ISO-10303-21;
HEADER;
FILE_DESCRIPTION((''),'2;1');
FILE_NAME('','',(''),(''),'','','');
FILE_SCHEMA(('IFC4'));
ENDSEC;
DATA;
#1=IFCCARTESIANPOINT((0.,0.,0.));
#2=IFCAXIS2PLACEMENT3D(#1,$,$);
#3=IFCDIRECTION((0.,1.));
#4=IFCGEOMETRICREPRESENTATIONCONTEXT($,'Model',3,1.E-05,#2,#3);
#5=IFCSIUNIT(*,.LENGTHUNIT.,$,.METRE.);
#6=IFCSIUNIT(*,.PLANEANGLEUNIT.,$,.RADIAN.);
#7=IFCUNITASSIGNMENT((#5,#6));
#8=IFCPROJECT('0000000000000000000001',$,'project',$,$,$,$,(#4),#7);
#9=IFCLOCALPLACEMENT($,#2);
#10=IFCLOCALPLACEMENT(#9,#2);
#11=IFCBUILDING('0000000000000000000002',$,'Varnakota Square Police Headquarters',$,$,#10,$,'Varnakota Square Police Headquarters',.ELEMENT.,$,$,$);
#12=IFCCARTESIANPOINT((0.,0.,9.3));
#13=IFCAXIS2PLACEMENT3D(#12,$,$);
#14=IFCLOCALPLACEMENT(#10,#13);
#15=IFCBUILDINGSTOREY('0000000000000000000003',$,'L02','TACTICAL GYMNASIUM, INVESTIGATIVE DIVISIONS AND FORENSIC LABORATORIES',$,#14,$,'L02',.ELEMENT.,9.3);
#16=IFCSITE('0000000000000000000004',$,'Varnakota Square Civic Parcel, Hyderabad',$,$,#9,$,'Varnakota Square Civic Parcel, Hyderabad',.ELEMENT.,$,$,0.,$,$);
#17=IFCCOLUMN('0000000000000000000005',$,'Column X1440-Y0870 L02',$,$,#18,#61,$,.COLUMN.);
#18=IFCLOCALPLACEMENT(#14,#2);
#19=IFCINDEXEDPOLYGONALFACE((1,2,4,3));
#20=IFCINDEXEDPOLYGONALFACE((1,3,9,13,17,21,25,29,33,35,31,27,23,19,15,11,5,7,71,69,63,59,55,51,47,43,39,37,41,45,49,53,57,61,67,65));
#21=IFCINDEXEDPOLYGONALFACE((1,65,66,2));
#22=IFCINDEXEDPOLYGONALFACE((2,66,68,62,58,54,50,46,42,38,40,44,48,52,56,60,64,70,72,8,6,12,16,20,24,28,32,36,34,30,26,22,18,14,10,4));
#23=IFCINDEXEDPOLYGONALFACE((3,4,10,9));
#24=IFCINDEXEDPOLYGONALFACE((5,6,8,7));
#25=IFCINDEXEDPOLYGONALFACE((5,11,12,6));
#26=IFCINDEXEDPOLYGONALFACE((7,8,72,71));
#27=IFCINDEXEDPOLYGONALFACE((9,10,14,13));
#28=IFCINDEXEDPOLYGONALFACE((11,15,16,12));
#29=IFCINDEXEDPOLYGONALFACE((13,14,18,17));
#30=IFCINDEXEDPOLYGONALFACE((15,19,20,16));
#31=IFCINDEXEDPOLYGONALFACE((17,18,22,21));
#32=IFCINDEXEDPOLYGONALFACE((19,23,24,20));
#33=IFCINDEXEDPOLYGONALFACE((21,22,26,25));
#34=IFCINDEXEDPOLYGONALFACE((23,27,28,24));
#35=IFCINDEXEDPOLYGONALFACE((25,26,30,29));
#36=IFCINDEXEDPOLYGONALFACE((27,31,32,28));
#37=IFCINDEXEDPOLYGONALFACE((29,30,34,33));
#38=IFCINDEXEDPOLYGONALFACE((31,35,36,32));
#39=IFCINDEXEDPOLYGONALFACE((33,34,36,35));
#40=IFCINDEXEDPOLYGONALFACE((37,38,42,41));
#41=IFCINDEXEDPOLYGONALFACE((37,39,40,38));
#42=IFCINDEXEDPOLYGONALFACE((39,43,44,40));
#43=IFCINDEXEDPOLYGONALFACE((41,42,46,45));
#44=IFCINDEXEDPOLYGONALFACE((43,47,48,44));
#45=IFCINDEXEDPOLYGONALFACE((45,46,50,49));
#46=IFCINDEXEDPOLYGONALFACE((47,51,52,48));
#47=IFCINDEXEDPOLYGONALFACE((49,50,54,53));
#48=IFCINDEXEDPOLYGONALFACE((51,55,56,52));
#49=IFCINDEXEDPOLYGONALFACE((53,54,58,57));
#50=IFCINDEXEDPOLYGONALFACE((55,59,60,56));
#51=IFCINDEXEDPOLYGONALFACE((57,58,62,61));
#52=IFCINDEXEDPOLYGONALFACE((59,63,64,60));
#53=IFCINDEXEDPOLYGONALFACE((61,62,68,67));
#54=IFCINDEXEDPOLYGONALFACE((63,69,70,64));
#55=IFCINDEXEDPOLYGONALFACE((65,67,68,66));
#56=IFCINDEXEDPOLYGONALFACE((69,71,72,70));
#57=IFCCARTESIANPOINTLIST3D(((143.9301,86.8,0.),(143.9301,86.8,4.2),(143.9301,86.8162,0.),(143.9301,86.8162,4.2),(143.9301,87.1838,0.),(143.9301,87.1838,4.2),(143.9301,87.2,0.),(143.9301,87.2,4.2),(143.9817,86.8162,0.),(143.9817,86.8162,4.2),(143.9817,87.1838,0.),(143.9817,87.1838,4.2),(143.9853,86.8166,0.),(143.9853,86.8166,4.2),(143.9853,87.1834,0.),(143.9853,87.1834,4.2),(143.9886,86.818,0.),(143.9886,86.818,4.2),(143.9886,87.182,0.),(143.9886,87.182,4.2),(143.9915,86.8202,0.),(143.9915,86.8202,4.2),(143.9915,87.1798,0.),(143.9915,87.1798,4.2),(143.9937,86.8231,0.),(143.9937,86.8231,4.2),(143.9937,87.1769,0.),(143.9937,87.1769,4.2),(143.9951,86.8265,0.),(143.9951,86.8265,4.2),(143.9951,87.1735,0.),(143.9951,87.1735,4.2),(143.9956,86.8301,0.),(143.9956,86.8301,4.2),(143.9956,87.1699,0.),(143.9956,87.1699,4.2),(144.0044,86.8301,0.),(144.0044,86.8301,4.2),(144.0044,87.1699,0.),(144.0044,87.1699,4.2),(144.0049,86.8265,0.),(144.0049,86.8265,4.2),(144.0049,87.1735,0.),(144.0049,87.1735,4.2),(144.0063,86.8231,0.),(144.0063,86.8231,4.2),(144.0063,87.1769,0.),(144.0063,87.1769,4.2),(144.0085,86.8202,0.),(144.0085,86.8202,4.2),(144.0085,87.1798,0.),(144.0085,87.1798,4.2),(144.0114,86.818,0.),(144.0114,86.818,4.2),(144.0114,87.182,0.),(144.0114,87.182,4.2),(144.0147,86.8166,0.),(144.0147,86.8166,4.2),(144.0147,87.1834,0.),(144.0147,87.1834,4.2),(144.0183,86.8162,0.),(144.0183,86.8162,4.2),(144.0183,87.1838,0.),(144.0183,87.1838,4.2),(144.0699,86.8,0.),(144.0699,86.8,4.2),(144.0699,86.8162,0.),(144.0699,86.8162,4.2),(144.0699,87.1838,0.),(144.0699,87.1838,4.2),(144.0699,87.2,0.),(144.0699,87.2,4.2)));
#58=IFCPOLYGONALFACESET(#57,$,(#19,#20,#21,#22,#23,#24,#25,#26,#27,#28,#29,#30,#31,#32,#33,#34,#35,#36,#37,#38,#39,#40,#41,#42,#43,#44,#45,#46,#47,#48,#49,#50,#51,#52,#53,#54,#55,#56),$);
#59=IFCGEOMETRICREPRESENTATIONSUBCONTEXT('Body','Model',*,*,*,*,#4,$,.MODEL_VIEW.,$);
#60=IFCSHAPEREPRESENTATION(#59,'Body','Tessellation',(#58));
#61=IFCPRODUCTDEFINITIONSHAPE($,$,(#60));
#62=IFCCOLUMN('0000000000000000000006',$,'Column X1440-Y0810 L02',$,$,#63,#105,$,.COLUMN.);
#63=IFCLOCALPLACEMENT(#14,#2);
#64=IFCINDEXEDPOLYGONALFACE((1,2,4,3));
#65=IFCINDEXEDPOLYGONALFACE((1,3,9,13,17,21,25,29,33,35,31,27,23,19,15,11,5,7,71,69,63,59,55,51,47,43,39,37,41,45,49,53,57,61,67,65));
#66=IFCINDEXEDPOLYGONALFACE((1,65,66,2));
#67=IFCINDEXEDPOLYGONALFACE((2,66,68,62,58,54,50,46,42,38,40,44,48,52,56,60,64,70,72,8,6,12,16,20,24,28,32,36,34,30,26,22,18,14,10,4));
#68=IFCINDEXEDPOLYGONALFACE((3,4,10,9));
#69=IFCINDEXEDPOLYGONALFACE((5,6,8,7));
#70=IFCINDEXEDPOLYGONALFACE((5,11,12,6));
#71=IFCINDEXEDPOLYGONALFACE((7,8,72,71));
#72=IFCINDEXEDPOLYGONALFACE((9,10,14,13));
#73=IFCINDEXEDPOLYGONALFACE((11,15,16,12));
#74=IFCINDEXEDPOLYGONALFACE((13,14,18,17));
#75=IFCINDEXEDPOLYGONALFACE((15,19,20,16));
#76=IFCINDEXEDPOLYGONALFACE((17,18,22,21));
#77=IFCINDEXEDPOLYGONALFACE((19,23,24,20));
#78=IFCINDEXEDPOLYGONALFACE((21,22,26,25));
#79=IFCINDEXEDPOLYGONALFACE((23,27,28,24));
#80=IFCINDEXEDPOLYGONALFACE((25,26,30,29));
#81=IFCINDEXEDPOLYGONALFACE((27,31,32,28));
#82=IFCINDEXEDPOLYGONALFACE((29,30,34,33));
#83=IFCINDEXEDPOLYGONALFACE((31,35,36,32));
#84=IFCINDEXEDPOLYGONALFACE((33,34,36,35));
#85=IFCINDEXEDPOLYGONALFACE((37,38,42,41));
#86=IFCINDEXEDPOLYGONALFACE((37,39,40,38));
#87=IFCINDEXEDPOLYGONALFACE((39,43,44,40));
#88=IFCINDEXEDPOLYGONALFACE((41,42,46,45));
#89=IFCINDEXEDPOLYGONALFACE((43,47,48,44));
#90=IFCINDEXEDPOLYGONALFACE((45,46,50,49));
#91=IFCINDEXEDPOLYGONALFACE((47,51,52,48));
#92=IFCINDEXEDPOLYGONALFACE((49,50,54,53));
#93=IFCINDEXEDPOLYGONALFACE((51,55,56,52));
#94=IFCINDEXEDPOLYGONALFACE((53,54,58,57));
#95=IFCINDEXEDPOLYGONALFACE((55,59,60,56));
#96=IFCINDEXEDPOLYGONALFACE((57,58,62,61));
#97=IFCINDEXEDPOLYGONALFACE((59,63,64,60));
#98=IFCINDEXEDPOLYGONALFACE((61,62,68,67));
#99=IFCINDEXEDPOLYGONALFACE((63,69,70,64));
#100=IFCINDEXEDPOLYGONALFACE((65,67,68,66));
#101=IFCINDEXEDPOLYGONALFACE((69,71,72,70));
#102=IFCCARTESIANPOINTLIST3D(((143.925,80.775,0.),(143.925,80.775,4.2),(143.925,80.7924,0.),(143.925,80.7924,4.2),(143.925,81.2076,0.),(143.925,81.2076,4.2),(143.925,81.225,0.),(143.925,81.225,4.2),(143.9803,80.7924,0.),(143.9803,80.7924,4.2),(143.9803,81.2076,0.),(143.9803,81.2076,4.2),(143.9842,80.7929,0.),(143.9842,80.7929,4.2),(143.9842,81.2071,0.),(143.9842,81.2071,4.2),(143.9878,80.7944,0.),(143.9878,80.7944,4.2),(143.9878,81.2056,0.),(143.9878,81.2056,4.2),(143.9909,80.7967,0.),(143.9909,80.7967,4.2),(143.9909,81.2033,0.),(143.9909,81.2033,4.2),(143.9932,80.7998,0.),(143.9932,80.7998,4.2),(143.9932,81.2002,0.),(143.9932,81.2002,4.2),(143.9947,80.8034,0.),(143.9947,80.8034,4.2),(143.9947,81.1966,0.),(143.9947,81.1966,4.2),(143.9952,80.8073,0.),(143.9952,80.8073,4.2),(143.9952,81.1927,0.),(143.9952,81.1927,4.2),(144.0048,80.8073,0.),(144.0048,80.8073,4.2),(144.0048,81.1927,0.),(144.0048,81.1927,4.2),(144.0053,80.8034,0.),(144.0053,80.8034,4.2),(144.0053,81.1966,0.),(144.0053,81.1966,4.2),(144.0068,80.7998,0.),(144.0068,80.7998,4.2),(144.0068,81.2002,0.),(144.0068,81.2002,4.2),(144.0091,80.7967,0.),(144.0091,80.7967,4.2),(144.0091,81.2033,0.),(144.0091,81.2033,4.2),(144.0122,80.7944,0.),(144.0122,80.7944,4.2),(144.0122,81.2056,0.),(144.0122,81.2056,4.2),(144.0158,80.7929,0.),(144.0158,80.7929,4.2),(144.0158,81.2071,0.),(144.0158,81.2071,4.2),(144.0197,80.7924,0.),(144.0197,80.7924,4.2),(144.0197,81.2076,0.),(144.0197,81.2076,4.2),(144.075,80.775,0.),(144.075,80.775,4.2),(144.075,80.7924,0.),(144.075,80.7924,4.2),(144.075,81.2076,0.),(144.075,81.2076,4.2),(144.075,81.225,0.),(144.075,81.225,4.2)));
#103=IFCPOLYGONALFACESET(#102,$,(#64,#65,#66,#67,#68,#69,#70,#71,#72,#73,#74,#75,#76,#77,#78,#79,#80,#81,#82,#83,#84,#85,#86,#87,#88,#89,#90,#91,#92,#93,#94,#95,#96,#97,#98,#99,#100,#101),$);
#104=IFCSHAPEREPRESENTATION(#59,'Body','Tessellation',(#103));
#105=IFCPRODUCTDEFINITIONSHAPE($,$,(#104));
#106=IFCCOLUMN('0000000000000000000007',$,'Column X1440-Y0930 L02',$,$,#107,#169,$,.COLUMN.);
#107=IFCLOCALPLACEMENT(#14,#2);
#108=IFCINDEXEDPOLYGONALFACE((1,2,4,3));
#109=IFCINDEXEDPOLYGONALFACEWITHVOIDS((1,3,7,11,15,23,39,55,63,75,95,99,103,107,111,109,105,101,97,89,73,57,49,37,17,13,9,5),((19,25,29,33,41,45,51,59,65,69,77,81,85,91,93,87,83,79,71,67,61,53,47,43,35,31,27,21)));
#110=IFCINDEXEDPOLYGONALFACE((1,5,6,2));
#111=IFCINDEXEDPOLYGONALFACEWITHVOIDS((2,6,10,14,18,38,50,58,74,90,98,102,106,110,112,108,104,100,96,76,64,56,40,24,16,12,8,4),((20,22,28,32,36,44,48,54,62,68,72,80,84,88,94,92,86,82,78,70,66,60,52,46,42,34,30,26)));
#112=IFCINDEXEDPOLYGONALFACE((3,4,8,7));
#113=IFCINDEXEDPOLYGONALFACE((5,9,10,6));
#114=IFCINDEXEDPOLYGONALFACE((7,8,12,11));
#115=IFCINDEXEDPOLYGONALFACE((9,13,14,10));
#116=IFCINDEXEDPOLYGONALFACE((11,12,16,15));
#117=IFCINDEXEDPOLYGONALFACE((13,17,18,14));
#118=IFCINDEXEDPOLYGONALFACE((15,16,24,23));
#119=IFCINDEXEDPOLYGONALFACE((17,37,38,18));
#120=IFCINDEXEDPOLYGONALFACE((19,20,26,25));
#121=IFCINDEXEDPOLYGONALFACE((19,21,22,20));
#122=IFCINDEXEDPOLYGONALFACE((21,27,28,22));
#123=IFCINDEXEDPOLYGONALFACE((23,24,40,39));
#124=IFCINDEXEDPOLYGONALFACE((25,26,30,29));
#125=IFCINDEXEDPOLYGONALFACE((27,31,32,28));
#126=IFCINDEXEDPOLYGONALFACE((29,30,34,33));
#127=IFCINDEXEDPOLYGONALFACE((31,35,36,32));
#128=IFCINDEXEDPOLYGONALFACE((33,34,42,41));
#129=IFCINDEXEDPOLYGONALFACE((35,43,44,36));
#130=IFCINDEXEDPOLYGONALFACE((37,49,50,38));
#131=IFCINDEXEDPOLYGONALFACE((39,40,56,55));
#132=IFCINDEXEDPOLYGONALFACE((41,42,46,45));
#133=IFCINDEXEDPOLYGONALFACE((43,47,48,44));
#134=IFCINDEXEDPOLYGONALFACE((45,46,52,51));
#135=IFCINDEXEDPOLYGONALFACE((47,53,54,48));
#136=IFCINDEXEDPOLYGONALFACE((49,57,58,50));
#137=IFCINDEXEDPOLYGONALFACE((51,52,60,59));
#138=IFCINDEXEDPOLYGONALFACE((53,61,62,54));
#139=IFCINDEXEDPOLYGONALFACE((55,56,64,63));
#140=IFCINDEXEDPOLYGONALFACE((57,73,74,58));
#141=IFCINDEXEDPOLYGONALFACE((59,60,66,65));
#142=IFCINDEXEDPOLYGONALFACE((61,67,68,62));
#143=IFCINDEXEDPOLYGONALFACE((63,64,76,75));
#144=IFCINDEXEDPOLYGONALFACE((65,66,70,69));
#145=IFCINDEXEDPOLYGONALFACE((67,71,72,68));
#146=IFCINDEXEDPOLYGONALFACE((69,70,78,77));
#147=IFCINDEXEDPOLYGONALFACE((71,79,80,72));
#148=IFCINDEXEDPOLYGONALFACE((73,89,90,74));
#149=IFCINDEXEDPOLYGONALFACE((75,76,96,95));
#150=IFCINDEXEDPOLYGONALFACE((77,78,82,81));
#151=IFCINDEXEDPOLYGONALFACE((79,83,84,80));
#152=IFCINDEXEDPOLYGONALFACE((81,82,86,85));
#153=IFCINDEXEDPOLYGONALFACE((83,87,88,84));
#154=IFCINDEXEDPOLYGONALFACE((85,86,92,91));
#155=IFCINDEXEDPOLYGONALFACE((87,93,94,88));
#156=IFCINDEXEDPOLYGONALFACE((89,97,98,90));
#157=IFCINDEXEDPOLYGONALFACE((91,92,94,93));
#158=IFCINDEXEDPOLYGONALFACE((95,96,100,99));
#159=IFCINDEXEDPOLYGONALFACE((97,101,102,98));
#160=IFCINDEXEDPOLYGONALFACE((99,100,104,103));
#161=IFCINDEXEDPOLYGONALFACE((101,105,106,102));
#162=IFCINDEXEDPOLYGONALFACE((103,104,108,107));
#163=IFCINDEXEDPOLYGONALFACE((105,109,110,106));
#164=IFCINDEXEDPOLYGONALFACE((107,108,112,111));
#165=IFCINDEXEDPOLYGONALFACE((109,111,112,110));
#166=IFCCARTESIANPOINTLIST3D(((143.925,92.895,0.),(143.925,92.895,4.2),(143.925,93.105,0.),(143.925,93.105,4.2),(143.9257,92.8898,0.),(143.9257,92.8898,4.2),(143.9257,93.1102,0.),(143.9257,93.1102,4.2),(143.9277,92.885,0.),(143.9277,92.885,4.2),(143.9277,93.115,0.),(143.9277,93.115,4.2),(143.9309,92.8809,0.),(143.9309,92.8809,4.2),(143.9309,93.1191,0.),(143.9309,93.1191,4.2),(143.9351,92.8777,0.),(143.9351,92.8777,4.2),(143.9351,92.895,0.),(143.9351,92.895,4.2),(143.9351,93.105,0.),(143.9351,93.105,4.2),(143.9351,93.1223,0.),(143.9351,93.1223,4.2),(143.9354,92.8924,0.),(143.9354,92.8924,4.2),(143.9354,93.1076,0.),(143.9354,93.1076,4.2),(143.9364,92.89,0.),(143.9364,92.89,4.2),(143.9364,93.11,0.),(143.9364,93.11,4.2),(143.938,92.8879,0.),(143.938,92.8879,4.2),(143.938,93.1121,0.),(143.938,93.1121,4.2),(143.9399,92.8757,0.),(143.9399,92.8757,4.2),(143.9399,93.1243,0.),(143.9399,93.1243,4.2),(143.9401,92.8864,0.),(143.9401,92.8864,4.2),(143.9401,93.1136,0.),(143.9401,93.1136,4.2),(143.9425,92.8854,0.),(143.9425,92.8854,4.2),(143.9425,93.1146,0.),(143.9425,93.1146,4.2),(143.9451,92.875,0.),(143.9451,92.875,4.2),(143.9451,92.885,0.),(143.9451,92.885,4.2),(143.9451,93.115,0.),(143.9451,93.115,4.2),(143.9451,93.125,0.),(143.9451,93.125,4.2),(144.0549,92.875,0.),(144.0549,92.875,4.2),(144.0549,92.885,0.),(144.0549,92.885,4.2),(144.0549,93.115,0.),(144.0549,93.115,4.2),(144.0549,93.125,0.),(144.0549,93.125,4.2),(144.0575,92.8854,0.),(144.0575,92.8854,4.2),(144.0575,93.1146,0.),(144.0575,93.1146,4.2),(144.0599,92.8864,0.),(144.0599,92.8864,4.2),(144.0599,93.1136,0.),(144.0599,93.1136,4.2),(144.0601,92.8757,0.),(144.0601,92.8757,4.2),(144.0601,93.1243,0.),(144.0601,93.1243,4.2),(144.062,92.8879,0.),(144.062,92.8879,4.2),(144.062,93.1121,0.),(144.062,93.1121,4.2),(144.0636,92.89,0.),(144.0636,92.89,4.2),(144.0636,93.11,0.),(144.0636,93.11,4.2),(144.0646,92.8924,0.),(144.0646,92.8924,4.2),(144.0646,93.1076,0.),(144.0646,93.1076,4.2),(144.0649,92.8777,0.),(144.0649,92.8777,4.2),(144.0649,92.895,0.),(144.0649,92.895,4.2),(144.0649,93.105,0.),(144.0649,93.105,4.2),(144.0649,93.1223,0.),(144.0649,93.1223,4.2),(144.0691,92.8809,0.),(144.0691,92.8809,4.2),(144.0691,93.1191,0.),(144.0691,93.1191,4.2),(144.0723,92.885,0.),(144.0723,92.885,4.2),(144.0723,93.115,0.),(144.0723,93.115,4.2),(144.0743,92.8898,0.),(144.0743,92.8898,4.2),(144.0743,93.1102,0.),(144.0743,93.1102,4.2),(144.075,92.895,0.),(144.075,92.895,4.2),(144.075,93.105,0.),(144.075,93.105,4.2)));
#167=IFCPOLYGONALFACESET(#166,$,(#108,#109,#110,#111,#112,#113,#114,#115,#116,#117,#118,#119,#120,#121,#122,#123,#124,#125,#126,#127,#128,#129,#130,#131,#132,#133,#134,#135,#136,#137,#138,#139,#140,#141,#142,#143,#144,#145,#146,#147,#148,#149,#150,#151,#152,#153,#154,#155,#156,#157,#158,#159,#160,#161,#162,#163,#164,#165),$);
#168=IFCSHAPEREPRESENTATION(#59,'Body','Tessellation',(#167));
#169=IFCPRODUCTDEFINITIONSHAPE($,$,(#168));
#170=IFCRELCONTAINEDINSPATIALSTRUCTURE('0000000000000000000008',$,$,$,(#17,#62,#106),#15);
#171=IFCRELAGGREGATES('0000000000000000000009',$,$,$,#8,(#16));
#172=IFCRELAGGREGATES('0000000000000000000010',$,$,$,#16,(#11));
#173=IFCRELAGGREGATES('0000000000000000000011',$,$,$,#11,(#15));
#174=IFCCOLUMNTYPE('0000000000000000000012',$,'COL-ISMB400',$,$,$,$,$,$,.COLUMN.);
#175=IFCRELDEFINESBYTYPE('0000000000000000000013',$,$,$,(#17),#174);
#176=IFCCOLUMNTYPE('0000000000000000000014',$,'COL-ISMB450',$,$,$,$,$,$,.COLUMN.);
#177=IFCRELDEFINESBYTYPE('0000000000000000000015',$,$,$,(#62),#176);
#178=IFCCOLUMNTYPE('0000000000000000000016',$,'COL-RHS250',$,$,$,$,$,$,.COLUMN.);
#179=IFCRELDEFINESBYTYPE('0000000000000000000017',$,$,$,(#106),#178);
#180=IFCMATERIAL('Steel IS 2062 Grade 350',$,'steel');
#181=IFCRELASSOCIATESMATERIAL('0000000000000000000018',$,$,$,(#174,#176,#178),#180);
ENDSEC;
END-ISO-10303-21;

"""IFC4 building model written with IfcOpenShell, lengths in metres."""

from ifc_helpers import new_model, si_unit, direction, frame, origin, origin_2d, place, context, subcontext, project, spatial, hollow_rectangle, i_section, extrude, material, material_profile, profile_set, type_object, element, save


model = new_model("IFC4")

# Units and contexts
model_context = context("Model", 3, precision=1e-05, world=origin(), true_north=direction((0.0, 1.0)))
body_context = subcontext(model_context, "Body", "Model", "MODEL_VIEW")
ifc_project = project(units=[si_unit("LENGTHUNIT", "METRE"), si_unit("PLANEANGLEUNIT", "RADIAN")], contexts=[model_context])

# Site, building, storey
site_placement = place(None, origin())
site = spatial("IfcSite", under=ifc_project, at=site_placement, Name="Varnakota Square Civic Parcel, Hyderabad", LongName="Varnakota Square Civic Parcel, Hyderabad", CompositionType="ELEMENT", RefElevation=0.0)
building_placement = place(site_placement, origin())
building = spatial("IfcBuilding", under=site, at=building_placement, Name="Varnakota Square Police Headquarters", LongName="Varnakota Square Police Headquarters", CompositionType="ELEMENT")
storey_placement = place(building_placement, frame((0.0, 0.0, 9.3)))
storey = spatial("IfcBuildingStorey", under=building, at=storey_placement, Name="L02", Description="TACTICAL GYMNASIUM, INVESTIGATIVE DIVISIONS AND FORENSIC LABORATORIES", LongName="L02", CompositionType="ELEMENT", Elevation=9.3)

# Columns
ifc_material_1 = material(Name="Steel IS 2062 Grade 350", Category="steel")
ifc_material_profile_1 = material_profile(ifc_material_1, i_section(OverallWidth=0.1399, OverallDepth=0.3999, WebThickness=0.0088, FlangeThickness=0.0161, FilletRadius=0.0139, at=origin_2d()), Name="ISMB 400")
ifc_profile_set_1 = profile_set([ifc_material_profile_1], Name="Steel IS 2062 Grade 350")
column_type_1 = type_object("IfcColumnType", Name="COL-ISMB400", PredefinedType="COLUMN", material=ifc_profile_set_1)
column_1_placement = place(storey_placement, frame((144.0, 87.0, 0.0), z_axis=(0.0, 0.0, 1.0), x_axis=(1.0, 0.0, 0.0)))
element("IfcColumn", 1, at=column_1_placement, inside=storey, type_object=column_type_1, Name="Column X1440-Y0870 L02", PredefinedType="COLUMN", context=body_context, shape_type="SweptSolid", body=[
    extrude(i_section(OverallWidth=0.1399, OverallDepth=0.3999, WebThickness=0.0088, FlangeThickness=0.0161, FilletRadius=0.0139, at=origin_2d()), origin(), (0.0, 0.0, 1.0), 4.2),
])
ifc_material_profile_2 = material_profile(ifc_material_1, i_section(OverallWidth=0.1499, OverallDepth=0.45, WebThickness=0.0095, FlangeThickness=0.0173, FilletRadius=0.0149, at=origin_2d()), Name="ISMB 450")
ifc_profile_set_2 = profile_set([ifc_material_profile_2], Name="Steel IS 2062 Grade 350")
column_type_2 = type_object("IfcColumnType", Name="COL-ISMB450", PredefinedType="COLUMN", material=ifc_profile_set_2)
column_2_placement = place(storey_placement, frame((144.0, 81.0, 0.0), z_axis=(0.0, 0.0, 1.0), x_axis=(1.0, 0.0, 0.0)))
element("IfcColumn", 2, at=column_2_placement, inside=storey, type_object=column_type_2, Name="Column X1440-Y0810 L02", PredefinedType="COLUMN", context=body_context, shape_type="SweptSolid", body=[
    extrude(i_section(OverallWidth=0.1499, OverallDepth=0.45, WebThickness=0.0095, FlangeThickness=0.0173, FilletRadius=0.0149, at=origin_2d()), origin(), (0.0, 0.0, 1.0), 4.2),
])
ifc_material_profile_3 = material_profile(ifc_material_1, hollow_rectangle(XDim=0.1499, YDim=0.25, WallThickness=0.01, InnerFilletRadius=0.01, OuterFilletRadius=0.02, at=origin_2d()), Name="RHS 250x150x10")
ifc_profile_set_3 = profile_set([ifc_material_profile_3], Name="Steel IS 2062 Grade 350")
column_type_3 = type_object("IfcColumnType", Name="COL-RHS250", PredefinedType="COLUMN", material=ifc_profile_set_3)
column_3_placement = place(storey_placement, frame((144.0, 93.0, 0.0), z_axis=(0.0, 0.0, 1.0), x_axis=(1.0, 0.0, 0.0)))
element("IfcColumn", 3, at=column_3_placement, inside=storey, type_object=column_type_3, Name="Column X1440-Y0930 L02", PredefinedType="COLUMN", context=body_context, shape_type="SweptSolid", body=[
    extrude(hollow_rectangle(XDim=0.1499, YDim=0.25, WallThickness=0.01, InnerFilletRadius=0.01, OuterFilletRadius=0.02, at=origin_2d()), origin(), (0.0, 0.0, 1.0), 4.2),
])

save(model, "model.ifc")
